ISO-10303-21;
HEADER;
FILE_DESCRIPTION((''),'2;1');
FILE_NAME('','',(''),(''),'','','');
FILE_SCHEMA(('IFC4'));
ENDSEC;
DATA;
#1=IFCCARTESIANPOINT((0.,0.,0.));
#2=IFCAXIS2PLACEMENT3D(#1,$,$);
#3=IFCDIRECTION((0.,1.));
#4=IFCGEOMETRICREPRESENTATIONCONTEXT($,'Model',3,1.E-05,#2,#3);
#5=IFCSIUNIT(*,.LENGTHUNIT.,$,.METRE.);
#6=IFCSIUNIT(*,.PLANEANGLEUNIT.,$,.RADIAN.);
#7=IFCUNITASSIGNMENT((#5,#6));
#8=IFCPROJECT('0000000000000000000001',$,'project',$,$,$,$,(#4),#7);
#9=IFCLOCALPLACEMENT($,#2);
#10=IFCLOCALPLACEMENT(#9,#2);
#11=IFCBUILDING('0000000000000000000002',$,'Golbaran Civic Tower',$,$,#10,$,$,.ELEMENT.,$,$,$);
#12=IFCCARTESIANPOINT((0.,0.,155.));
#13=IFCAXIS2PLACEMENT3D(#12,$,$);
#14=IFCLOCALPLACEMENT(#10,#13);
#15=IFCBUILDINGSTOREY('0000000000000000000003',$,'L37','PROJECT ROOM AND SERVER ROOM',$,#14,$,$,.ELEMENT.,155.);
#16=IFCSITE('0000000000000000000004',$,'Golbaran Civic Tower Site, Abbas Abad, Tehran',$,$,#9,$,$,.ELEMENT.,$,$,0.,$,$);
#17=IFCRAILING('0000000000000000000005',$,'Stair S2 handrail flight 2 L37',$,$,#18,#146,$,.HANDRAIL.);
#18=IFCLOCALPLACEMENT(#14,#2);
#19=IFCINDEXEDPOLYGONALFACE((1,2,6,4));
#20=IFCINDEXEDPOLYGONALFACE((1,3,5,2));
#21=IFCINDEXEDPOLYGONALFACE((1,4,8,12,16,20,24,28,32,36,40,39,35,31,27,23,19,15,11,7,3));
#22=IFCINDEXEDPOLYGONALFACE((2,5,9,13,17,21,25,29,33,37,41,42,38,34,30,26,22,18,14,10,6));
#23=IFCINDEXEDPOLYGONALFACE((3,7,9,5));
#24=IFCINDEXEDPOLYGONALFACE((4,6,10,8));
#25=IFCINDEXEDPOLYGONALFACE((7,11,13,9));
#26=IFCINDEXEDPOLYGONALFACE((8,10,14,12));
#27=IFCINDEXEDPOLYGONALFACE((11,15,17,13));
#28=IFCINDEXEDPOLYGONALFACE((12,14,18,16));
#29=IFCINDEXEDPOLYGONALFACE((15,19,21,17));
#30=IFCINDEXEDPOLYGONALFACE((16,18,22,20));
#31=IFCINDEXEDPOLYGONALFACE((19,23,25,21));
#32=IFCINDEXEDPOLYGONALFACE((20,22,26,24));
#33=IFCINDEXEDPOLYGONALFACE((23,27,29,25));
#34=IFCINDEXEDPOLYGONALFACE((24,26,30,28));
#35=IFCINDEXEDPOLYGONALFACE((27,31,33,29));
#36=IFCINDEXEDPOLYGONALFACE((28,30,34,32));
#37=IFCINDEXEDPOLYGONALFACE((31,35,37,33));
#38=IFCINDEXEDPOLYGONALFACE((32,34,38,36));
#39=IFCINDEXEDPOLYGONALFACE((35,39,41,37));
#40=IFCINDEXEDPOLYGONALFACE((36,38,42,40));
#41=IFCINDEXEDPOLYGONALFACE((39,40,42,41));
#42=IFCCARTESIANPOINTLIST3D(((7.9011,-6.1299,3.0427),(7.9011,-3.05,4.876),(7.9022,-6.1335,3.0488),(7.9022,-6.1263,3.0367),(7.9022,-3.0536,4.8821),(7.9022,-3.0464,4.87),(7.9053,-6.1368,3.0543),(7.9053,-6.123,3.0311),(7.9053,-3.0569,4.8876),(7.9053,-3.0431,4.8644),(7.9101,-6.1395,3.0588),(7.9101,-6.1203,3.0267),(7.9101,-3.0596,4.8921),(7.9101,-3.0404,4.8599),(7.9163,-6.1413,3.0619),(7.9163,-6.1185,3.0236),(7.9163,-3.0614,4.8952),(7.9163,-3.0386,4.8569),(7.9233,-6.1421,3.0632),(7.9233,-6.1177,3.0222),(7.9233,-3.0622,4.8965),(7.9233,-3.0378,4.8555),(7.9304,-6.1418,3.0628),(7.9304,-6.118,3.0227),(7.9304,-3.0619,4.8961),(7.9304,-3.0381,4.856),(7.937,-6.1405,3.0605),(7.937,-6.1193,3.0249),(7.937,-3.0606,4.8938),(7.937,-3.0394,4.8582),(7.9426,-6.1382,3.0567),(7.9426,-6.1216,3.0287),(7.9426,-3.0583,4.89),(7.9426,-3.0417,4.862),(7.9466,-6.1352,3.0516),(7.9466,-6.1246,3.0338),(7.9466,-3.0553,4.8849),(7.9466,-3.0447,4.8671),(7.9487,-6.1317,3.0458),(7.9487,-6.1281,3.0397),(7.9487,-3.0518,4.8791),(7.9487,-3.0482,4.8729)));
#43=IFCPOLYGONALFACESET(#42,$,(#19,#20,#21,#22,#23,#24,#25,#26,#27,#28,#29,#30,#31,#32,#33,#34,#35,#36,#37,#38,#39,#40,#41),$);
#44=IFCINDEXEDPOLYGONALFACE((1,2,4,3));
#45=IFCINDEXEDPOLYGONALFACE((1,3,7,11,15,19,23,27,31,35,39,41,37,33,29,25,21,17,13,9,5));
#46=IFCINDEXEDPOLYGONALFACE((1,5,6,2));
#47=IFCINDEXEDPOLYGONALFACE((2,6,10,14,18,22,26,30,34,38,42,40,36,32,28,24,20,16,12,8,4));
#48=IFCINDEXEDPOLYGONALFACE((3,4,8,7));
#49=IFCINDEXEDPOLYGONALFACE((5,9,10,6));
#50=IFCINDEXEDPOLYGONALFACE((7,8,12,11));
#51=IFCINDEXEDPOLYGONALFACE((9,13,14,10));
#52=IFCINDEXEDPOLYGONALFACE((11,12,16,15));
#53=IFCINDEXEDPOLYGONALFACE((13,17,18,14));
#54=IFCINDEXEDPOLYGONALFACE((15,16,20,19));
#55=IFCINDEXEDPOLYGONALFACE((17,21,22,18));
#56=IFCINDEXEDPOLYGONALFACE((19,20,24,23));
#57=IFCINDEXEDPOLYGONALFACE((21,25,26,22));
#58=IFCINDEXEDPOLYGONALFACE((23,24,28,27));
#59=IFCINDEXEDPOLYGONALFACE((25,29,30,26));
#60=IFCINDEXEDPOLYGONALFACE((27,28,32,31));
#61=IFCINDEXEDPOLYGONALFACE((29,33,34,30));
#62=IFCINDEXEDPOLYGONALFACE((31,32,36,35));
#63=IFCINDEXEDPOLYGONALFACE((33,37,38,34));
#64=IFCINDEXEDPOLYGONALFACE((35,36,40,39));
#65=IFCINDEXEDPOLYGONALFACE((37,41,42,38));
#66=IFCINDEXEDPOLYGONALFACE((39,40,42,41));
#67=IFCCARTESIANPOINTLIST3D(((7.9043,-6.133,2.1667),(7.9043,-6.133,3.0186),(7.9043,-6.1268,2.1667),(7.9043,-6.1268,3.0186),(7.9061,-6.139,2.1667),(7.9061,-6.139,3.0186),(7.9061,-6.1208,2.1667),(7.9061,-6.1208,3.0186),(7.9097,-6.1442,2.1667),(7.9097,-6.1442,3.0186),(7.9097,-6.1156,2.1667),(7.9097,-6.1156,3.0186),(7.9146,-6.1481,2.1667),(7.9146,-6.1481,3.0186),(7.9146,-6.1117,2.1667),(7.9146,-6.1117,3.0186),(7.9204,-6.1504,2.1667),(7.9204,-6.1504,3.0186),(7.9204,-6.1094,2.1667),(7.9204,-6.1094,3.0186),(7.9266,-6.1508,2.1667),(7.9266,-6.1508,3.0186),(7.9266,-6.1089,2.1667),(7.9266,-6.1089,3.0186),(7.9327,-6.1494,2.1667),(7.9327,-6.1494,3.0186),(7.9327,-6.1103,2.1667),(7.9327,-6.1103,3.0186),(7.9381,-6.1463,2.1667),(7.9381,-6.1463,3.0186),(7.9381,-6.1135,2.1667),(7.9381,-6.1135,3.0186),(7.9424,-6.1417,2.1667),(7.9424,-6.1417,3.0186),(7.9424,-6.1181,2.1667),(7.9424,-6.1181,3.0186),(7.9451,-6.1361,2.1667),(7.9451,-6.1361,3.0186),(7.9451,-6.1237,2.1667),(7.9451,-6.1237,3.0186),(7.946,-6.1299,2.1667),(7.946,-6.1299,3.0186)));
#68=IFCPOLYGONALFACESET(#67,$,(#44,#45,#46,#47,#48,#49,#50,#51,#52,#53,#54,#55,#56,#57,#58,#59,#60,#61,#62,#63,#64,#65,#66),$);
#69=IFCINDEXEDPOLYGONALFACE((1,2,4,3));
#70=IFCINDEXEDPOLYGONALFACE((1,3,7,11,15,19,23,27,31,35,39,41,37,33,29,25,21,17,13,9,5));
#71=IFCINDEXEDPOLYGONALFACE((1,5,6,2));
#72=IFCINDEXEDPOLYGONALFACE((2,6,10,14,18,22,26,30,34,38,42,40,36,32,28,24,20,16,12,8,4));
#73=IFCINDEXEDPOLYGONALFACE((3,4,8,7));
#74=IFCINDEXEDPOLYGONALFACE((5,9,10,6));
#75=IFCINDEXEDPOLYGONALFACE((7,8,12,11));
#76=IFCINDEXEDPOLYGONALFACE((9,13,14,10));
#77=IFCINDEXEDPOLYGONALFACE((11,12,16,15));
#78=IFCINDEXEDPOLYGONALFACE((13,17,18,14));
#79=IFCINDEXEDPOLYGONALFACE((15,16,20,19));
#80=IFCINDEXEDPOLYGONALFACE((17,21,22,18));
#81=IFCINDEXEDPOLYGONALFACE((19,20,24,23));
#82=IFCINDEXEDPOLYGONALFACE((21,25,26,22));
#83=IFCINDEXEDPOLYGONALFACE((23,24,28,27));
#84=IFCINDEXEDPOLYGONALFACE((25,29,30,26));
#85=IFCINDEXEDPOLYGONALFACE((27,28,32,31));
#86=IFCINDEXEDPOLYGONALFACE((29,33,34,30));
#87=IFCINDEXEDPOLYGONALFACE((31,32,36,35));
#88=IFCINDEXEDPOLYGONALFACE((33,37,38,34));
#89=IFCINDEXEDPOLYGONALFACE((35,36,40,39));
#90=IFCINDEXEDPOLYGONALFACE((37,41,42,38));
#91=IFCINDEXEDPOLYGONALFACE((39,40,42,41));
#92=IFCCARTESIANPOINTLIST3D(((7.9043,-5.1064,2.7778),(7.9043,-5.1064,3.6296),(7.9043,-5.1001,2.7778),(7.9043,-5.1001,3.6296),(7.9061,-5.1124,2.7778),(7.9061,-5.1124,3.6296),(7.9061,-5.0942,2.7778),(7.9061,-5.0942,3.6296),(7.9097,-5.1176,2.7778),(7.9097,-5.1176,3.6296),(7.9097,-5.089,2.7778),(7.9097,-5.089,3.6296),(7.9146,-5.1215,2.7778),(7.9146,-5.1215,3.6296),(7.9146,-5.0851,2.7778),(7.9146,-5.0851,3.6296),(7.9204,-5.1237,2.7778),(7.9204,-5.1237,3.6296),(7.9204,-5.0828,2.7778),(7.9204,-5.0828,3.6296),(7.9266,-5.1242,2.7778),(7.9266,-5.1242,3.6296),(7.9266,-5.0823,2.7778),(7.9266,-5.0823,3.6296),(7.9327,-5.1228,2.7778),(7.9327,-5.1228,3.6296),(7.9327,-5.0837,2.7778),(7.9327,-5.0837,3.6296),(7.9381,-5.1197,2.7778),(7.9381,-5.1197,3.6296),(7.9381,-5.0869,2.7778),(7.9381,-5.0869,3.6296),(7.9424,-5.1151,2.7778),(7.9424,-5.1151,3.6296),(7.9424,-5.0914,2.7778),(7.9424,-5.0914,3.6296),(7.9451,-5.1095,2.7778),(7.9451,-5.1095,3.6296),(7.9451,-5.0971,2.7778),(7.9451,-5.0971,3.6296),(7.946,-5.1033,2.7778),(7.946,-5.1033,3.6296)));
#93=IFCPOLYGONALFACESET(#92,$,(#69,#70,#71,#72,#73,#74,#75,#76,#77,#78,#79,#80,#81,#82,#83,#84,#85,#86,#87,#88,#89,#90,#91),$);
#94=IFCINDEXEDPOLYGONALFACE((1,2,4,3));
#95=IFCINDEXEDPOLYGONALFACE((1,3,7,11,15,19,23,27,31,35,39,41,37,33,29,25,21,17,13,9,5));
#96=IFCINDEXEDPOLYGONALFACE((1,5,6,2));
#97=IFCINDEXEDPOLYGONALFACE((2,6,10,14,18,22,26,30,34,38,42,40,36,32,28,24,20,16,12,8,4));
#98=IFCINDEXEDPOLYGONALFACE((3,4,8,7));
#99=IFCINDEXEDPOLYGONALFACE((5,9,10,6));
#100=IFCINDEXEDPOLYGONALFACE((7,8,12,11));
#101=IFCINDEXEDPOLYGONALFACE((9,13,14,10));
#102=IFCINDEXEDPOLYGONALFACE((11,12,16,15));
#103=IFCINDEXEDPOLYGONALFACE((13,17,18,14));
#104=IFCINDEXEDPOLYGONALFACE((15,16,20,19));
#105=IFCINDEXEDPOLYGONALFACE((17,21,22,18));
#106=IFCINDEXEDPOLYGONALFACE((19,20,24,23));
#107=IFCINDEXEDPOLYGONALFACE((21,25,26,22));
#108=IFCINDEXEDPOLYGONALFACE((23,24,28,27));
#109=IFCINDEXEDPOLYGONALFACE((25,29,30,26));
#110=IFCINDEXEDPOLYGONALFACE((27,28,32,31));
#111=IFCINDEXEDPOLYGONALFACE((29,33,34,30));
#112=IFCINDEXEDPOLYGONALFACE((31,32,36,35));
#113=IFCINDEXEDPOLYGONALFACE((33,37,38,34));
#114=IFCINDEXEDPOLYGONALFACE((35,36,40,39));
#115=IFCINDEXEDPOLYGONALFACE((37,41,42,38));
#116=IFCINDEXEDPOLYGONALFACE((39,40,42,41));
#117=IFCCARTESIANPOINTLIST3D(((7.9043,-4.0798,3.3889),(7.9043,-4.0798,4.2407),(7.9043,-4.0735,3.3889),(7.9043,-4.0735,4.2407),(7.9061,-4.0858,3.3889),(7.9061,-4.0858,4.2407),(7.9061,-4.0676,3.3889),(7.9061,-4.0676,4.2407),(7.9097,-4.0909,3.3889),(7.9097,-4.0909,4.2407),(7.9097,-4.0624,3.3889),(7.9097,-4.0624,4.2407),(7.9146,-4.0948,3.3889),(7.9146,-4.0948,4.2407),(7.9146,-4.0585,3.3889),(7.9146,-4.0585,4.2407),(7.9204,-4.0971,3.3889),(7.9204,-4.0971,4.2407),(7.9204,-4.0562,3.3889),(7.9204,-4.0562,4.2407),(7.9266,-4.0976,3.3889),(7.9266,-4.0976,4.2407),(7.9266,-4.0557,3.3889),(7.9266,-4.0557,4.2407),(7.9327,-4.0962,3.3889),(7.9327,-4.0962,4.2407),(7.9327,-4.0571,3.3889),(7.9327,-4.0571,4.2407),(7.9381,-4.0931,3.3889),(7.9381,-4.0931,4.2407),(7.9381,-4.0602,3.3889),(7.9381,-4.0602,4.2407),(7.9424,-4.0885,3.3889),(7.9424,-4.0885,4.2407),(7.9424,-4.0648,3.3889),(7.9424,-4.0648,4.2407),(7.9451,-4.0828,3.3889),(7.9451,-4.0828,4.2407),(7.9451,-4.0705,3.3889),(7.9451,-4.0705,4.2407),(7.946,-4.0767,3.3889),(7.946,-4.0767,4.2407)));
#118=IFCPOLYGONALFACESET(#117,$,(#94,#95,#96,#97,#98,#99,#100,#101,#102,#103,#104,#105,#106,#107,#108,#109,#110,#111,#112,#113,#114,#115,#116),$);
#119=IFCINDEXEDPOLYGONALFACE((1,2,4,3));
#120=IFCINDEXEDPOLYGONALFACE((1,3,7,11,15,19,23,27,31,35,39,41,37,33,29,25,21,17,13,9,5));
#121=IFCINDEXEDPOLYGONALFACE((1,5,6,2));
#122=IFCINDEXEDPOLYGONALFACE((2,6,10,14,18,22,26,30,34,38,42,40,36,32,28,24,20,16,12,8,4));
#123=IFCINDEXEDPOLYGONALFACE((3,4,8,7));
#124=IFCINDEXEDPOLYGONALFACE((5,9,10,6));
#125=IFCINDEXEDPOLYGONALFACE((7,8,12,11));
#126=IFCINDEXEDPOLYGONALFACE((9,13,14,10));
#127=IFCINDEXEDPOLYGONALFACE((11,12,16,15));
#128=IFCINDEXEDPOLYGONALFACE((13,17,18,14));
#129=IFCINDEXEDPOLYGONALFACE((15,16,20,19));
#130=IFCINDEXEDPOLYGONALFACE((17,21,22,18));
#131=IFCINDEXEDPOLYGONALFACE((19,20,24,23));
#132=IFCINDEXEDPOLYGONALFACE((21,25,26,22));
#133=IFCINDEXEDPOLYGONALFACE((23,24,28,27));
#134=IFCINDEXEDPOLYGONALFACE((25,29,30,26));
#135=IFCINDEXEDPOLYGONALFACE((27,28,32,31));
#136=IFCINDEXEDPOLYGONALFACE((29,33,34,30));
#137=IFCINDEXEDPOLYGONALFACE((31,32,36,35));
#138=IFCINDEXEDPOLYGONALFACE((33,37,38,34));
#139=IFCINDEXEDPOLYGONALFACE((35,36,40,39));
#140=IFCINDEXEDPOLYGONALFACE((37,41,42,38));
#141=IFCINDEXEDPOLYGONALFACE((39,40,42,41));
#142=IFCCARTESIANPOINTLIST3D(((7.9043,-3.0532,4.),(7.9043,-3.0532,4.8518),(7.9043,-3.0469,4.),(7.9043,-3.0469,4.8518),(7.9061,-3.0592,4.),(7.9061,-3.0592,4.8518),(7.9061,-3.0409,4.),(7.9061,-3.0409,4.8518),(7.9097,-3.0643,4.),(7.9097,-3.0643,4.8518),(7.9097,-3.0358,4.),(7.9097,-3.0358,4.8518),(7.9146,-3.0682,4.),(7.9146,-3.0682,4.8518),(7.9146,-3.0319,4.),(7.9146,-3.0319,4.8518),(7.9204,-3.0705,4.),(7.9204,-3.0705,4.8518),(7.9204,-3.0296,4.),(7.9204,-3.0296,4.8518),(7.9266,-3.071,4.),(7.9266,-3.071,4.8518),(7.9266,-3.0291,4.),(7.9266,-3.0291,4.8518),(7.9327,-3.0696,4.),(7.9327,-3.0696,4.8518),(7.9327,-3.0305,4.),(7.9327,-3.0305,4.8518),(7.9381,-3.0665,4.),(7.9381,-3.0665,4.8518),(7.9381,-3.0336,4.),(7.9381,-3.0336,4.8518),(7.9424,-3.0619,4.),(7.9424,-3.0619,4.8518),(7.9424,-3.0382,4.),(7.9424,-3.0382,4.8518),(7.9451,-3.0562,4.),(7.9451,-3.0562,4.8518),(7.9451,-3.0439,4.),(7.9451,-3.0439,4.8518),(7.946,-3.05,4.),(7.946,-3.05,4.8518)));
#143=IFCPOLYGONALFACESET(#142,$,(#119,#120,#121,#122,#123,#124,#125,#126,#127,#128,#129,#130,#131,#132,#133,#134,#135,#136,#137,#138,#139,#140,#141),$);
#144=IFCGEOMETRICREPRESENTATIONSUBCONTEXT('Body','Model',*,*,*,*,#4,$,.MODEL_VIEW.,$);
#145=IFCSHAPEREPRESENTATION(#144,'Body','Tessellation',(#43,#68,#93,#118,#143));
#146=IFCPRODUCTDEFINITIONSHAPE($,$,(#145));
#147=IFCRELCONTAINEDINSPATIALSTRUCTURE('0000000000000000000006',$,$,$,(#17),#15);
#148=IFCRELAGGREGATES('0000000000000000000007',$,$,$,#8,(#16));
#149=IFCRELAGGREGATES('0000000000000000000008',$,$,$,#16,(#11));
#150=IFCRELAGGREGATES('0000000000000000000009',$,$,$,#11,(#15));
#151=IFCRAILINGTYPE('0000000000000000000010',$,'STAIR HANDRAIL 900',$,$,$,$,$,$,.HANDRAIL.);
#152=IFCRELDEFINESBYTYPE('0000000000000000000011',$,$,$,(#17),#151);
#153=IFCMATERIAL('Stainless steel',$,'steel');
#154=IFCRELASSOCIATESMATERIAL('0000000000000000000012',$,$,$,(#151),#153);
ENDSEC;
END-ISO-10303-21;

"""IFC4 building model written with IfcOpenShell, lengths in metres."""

from ifc_helpers import new_model, si_unit, direction, frame, origin, origin_2d, place, context, subcontext, project, spatial, circle, extrude, material, type_object, element, save


model = new_model("IFC4")

# Units and contexts
model_context = context("Model", 3, precision=1e-05, world=origin(), true_north=direction((0.0, 1.0)))
body_context = subcontext(model_context, "Body", "Model", "MODEL_VIEW")
ifc_project = project(units=[si_unit("LENGTHUNIT", "METRE"), si_unit("PLANEANGLEUNIT", "RADIAN")], contexts=[model_context])

# Site, building, storey
site_placement = place(None, origin())
site = spatial("IfcSite", under=ifc_project, at=site_placement, Name="Golbaran Civic Tower Site, Abbas Abad, Tehran", CompositionType="ELEMENT", RefElevation=0.0)
building_placement = place(site_placement, origin())
building = spatial("IfcBuilding", under=site, at=building_placement, Name="Golbaran Civic Tower", CompositionType="ELEMENT")
storey_placement = place(building_placement, frame((0.0, 0.0, 155.0)))
storey = spatial("IfcBuildingStorey", under=building, at=storey_placement, Name="L37", Description="PROJECT ROOM AND SERVER ROOM", CompositionType="ELEMENT", Elevation=155.0)

# Shared definitions
ifc_material_1 = material(Name="Stainless steel", Category="steel")

# Railing
railing_type = type_object("IfcRailingType", Name="STAIR HANDRAIL 900", PredefinedType="HANDRAIL", material=ifc_material_1)
railing_1_placement = place(storey_placement, frame((7.925, -6.1299, 2.1667)))
element("IfcRailing", 1, at=railing_1_placement, inside=storey, type_object=railing_type, Name="Stair S2 handrail flight 2 L37", PredefinedType="HANDRAIL", context=body_context, shape_type="SweptSolid", body=[
    extrude(circle(Radius=0.0239, at=origin_2d()), frame((0.0, 0.0, 0.876), z_axis=(0.0, 0.859291, 0.511487), x_axis=(-1.0, 0.0, 0.0)), (0.0, 0.0, 1.0), 3.5842),
    extrude(circle(Radius=0.021, at=origin_2d()), origin(), (0.0, 0.0, 1.0), 0.8518),
    extrude(circle(Radius=0.021, at=origin_2d()), frame((0.0, 1.0266, 0.6111)), (0.0, 0.0, 1.0), 0.8518),
    extrude(circle(Radius=0.021, at=origin_2d()), frame((0.0, 2.0532, 1.2222)), (0.0, 0.0, 1.0), 0.8518),
    extrude(circle(Radius=0.021, at=origin_2d()), frame((0.0, 3.0798, 1.8333)), (0.0, 0.0, 1.0), 0.8518),
])

save(model, "model.ifc")
